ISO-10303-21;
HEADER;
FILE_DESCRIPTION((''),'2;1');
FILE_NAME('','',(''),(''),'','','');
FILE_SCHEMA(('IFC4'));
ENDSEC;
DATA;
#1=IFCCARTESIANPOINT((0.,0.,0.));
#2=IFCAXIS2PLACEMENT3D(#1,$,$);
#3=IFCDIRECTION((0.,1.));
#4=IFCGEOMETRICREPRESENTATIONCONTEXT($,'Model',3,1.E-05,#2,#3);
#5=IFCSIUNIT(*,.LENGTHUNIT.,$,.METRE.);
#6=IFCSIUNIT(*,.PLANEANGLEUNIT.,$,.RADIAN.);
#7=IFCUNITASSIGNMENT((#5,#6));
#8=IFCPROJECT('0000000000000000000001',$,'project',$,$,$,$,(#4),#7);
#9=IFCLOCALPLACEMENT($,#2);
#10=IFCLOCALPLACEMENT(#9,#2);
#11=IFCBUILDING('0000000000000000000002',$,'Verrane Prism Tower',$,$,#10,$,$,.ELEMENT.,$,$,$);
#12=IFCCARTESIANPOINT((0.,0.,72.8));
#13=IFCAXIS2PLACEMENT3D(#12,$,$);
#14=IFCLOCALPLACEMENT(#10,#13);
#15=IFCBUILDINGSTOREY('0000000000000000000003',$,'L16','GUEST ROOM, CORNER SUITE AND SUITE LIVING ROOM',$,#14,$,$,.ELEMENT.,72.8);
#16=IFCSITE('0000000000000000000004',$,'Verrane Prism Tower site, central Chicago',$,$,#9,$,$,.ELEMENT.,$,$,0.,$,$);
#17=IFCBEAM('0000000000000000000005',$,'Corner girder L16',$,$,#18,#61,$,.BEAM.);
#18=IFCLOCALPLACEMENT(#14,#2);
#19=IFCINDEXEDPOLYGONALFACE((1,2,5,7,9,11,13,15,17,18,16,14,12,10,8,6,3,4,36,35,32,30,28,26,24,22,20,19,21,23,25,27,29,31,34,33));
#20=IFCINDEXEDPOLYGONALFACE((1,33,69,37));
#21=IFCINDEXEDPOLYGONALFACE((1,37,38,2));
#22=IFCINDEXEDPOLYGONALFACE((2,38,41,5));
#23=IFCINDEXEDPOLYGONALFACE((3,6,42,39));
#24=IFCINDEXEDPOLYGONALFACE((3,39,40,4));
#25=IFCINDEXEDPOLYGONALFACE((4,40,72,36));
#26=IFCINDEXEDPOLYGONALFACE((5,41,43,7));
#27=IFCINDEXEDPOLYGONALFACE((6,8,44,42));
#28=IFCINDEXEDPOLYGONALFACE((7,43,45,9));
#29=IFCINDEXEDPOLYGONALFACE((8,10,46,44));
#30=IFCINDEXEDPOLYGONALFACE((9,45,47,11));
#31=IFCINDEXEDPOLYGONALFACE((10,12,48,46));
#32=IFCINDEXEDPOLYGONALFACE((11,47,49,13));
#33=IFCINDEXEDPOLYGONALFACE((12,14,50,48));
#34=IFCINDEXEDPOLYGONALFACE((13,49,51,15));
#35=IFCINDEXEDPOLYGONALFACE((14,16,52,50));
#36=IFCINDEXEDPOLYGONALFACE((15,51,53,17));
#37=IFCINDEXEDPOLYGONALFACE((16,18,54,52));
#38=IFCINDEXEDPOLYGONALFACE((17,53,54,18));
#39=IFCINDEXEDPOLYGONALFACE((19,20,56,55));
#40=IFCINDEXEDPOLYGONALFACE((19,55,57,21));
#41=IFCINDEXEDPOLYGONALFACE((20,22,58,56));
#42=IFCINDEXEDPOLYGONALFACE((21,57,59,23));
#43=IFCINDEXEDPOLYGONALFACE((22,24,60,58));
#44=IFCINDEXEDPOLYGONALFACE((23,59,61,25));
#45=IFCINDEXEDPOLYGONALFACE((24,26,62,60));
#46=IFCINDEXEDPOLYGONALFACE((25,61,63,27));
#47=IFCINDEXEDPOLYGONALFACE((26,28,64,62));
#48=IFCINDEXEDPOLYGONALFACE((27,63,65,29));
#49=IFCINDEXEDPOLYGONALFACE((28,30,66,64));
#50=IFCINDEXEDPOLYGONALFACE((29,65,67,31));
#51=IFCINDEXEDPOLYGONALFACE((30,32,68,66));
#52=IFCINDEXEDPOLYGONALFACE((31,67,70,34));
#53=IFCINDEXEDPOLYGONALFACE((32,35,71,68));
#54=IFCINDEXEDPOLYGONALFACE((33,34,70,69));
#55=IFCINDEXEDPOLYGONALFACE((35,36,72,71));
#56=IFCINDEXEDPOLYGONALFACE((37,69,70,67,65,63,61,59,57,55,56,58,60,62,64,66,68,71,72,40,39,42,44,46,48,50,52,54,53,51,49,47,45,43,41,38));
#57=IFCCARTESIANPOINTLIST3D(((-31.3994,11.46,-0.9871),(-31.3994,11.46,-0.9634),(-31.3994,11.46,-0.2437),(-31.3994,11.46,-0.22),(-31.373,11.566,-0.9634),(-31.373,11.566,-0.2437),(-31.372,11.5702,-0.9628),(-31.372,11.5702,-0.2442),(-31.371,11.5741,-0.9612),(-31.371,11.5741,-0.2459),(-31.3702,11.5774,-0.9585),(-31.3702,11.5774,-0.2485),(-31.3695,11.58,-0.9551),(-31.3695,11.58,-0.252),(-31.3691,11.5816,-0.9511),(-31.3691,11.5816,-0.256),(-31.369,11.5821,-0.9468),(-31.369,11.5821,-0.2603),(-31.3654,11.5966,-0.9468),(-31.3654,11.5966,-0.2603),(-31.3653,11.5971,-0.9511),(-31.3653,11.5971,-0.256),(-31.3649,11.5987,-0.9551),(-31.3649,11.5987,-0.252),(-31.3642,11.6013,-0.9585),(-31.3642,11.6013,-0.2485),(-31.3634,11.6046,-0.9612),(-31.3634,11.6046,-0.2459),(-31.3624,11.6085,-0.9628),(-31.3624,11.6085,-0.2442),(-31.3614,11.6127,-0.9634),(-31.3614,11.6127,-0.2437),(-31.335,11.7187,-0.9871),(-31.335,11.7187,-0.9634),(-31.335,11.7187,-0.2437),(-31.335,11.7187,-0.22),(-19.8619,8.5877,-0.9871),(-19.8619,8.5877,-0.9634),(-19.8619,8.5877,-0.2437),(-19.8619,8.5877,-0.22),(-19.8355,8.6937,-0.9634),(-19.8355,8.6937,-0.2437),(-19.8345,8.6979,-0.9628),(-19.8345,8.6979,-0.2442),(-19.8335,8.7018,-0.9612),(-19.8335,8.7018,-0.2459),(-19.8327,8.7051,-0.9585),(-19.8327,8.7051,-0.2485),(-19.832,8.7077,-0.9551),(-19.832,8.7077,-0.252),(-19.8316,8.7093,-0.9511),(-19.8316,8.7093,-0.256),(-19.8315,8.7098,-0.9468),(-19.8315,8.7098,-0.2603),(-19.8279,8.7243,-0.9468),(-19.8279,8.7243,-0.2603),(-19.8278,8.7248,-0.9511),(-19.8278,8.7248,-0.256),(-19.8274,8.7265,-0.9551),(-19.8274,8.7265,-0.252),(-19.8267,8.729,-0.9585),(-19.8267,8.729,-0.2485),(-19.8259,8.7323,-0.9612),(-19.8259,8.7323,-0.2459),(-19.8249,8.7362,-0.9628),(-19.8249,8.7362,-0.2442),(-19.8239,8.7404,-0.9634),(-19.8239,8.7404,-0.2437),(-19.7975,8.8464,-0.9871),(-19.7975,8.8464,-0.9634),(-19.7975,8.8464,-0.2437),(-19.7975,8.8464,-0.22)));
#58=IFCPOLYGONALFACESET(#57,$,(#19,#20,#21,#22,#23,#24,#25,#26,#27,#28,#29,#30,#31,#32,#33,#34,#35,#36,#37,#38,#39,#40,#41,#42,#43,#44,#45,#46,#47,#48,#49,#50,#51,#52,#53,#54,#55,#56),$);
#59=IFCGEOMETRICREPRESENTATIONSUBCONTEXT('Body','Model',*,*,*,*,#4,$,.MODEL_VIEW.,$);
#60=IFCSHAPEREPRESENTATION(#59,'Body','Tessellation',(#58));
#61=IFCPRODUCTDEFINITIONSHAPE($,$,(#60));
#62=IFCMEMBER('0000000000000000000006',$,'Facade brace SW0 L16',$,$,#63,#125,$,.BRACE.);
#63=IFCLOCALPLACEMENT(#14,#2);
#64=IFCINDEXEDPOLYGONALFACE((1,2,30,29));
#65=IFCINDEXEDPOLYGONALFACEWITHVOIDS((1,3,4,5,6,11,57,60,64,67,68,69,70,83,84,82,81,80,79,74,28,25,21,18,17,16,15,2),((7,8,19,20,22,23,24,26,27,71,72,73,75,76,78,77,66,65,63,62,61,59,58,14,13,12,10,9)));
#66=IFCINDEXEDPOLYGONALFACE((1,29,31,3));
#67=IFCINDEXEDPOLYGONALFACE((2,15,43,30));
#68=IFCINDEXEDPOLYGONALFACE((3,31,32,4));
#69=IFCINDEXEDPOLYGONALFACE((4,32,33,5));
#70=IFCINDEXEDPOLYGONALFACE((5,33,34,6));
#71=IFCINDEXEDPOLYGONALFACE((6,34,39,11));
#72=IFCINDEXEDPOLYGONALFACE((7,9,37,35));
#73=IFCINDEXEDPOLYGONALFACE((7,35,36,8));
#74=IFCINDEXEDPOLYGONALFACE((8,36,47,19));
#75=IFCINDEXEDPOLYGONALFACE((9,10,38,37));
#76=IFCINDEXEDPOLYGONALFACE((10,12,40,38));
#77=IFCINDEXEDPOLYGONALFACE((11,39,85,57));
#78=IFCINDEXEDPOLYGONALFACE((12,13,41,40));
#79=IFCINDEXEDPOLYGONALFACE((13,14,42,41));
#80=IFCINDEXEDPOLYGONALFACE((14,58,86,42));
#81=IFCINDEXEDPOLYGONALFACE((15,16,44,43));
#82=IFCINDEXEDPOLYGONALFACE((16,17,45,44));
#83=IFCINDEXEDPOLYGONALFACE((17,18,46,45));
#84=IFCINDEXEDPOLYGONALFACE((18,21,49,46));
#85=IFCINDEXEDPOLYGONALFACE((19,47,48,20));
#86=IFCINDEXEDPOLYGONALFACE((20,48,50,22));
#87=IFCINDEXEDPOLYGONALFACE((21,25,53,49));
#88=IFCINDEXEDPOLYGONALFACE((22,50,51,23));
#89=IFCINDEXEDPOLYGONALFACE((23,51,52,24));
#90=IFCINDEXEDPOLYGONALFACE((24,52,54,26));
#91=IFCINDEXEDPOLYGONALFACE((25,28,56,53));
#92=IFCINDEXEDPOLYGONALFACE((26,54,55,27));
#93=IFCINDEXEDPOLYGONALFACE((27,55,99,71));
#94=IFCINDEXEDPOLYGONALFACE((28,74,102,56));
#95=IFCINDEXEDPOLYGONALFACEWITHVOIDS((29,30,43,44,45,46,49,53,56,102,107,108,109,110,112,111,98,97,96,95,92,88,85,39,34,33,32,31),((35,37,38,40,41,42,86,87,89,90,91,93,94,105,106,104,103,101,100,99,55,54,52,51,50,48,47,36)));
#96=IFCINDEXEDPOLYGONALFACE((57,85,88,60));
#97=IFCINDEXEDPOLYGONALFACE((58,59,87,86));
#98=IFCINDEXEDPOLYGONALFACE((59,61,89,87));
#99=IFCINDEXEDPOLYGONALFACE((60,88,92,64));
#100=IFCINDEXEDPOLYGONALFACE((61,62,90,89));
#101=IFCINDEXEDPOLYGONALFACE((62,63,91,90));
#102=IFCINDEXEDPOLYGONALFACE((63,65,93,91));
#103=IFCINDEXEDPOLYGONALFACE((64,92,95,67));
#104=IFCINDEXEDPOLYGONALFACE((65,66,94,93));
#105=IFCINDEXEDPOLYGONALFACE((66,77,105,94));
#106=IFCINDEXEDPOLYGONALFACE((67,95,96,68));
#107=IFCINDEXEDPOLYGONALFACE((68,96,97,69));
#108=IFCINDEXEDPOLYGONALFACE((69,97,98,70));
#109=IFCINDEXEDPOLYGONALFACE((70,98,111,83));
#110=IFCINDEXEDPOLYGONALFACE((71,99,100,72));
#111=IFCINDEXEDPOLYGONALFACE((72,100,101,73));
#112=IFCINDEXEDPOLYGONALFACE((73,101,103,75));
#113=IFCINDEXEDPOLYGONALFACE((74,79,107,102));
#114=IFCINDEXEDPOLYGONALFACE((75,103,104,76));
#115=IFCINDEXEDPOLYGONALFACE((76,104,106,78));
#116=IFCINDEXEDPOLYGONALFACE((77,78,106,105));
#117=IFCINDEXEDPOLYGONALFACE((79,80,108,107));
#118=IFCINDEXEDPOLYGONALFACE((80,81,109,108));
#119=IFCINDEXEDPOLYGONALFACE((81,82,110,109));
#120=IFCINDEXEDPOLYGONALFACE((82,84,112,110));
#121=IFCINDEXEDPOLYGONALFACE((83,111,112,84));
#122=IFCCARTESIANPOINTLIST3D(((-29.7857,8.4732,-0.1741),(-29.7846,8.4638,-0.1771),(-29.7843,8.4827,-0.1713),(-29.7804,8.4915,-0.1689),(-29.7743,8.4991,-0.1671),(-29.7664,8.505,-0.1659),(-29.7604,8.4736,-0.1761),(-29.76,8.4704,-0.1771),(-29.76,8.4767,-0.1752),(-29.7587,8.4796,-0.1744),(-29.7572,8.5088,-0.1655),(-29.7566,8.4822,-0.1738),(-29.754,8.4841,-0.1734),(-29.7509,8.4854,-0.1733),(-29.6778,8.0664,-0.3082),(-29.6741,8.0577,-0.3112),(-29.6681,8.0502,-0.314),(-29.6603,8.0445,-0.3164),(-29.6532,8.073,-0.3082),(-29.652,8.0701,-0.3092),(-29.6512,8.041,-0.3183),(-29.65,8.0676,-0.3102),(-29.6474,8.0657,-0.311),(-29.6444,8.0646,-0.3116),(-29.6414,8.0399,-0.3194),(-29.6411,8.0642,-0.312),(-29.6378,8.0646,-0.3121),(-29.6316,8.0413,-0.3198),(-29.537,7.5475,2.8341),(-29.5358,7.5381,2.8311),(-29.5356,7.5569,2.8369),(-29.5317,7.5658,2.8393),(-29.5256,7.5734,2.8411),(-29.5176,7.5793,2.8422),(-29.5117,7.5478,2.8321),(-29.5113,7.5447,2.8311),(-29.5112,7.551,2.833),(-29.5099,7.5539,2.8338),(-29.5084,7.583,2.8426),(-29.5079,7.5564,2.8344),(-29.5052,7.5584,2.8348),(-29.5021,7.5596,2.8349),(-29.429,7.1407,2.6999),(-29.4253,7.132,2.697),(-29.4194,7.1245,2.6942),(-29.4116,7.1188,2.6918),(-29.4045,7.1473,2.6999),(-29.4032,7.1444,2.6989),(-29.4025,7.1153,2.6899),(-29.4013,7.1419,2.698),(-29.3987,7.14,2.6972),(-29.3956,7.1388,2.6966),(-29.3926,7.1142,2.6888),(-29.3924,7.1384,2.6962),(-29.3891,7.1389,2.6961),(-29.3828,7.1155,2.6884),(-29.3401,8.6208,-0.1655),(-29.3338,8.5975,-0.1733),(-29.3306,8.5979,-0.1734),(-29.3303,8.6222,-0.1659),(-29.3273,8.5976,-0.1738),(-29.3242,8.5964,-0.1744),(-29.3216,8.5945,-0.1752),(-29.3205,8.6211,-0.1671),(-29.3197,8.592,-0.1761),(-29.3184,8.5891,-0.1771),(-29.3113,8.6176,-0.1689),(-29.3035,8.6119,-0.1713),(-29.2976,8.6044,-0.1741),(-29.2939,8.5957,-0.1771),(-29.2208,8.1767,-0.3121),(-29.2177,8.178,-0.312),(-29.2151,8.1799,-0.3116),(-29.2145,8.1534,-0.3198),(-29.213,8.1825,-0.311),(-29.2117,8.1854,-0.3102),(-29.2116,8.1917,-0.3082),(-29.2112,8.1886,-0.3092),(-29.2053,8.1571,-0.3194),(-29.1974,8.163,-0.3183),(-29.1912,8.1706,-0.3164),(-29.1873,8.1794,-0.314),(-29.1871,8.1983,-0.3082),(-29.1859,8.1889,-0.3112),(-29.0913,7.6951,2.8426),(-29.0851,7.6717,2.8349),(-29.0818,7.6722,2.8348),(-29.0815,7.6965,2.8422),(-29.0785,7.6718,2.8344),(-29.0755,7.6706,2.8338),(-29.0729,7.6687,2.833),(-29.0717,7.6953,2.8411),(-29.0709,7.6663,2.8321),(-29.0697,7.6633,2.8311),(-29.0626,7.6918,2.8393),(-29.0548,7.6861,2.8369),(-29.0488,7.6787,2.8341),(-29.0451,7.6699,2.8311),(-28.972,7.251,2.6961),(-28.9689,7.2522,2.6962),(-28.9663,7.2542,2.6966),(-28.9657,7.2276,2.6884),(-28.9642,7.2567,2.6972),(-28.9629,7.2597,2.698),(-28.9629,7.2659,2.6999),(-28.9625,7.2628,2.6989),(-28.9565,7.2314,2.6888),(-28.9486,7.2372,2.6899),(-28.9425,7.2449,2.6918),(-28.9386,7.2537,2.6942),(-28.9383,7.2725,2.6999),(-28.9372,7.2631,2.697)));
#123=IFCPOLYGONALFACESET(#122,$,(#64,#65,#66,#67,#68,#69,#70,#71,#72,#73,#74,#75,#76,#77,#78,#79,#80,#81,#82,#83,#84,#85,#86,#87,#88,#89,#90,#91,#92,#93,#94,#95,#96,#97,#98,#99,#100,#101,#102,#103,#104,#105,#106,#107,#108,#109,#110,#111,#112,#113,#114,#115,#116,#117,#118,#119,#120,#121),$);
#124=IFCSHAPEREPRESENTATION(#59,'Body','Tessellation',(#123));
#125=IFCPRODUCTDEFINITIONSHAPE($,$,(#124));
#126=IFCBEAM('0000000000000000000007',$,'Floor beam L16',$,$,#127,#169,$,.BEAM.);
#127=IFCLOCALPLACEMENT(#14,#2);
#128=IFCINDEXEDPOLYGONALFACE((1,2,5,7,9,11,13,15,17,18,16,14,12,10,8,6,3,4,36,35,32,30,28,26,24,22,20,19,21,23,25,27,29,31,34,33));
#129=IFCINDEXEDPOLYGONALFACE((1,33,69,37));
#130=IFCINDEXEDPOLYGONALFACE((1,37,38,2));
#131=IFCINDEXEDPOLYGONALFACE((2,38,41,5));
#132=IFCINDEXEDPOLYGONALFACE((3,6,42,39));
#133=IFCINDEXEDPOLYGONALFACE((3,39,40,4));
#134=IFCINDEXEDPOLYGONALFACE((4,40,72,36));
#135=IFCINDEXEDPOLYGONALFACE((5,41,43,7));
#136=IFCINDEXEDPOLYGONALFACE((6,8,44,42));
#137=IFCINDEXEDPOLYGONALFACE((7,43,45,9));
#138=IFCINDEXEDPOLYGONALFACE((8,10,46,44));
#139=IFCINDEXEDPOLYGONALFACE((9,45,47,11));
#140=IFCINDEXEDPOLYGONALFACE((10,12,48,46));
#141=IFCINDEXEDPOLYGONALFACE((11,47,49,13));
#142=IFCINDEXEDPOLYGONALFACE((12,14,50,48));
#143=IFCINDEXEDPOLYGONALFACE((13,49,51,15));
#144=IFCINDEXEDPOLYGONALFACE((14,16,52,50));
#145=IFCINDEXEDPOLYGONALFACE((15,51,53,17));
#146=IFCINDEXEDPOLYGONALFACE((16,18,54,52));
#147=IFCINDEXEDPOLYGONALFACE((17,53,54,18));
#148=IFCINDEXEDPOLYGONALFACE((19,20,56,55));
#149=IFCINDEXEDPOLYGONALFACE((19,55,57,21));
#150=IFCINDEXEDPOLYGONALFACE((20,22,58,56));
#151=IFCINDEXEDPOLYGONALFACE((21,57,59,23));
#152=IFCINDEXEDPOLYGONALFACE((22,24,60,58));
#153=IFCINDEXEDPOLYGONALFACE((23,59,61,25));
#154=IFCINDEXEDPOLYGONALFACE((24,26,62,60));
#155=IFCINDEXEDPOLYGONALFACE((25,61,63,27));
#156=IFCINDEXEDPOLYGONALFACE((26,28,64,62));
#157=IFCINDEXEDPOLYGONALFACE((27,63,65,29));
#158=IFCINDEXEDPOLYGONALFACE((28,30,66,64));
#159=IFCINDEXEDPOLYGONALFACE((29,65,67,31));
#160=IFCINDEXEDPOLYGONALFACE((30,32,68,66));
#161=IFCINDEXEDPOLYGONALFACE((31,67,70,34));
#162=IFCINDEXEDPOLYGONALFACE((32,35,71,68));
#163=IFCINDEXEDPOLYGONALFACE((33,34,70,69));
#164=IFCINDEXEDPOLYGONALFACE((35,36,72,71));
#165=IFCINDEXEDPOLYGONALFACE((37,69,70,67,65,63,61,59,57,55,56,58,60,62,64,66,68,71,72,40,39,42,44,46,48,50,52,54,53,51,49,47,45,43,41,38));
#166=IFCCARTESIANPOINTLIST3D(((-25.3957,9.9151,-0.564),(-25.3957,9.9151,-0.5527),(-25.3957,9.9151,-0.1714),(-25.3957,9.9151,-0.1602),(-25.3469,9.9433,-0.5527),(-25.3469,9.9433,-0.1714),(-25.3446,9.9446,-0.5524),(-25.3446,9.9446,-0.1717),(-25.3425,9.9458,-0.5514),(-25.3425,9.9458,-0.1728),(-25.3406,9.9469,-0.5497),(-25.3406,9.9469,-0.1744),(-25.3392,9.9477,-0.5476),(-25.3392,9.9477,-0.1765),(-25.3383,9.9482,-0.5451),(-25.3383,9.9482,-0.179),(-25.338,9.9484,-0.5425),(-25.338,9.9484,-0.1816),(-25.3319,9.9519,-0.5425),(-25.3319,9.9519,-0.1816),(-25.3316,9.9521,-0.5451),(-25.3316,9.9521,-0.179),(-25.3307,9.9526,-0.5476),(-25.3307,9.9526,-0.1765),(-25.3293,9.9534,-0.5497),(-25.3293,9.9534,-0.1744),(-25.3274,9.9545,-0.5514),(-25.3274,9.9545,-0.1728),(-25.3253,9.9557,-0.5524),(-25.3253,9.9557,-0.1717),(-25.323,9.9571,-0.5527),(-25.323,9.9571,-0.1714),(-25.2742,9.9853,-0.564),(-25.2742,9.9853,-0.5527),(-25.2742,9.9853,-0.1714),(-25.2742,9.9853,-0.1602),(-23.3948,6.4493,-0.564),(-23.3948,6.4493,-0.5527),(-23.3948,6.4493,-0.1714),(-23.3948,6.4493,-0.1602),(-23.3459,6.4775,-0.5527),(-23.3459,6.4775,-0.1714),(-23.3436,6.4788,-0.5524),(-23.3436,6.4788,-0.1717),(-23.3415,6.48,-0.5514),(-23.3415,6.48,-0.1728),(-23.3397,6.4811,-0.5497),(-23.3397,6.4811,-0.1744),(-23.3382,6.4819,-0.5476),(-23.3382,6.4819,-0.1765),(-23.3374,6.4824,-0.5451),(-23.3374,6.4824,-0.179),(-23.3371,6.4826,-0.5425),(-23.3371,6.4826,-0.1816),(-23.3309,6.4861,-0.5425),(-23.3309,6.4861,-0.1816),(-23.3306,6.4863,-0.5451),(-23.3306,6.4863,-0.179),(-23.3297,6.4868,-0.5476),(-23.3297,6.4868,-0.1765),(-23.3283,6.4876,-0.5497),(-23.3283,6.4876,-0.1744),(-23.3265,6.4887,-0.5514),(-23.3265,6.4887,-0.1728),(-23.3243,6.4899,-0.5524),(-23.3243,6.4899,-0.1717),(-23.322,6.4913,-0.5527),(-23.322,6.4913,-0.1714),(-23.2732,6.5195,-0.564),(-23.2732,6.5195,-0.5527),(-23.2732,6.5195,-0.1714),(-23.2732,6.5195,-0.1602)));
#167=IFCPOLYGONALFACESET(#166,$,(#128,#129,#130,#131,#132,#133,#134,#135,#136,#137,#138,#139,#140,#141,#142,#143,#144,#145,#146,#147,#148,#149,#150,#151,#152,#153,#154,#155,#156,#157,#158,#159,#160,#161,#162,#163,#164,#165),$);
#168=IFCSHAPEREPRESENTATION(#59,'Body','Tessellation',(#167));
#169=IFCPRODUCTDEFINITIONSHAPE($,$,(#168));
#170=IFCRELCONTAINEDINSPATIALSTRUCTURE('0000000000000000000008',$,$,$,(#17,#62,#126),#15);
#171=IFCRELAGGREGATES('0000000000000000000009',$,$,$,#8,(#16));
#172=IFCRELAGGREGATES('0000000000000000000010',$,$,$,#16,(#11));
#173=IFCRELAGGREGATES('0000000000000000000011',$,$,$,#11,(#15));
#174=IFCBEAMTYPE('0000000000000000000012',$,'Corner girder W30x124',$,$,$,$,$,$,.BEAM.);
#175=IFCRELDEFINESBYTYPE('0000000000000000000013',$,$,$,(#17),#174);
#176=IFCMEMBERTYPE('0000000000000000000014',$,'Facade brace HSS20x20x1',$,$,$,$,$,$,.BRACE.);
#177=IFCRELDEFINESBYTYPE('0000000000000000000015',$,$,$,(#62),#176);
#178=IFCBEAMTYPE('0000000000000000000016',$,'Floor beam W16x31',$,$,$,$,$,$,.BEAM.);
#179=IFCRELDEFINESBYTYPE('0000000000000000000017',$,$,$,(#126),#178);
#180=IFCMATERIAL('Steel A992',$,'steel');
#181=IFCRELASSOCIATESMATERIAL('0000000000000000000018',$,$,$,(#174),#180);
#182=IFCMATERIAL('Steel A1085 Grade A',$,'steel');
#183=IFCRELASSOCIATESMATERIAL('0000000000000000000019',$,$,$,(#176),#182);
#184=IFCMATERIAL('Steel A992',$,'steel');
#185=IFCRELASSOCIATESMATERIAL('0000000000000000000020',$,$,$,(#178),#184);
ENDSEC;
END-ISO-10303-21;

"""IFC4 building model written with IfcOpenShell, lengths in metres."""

from ifc_helpers import new_model, si_unit, direction, frame, origin, origin_2d, place, context, subcontext, project, spatial, hollow_rectangle, i_section, extrude, material, material_profile, profile_set, type_object, element, save


model = new_model("IFC4")

# Units and contexts
model_context = context("Model", 3, precision=1e-05, world=origin(), true_north=direction((0.0, 1.0)))
body_context = subcontext(model_context, "Body", "Model", "MODEL_VIEW")
ifc_project = project(units=[si_unit("LENGTHUNIT", "METRE"), si_unit("PLANEANGLEUNIT", "RADIAN")], contexts=[model_context])

# Site, building, storey
site_placement = place(None, origin())
site = spatial("IfcSite", under=ifc_project, at=site_placement, Name="Verrane Prism Tower site, central Chicago", CompositionType="ELEMENT", RefElevation=0.0)
building_placement = place(site_placement, origin())
building = spatial("IfcBuilding", under=site, at=building_placement, Name="Verrane Prism Tower", CompositionType="ELEMENT")
storey_placement = place(building_placement, frame((0.0, 0.0, 72.8)))
storey = spatial("IfcBuildingStorey", under=building, at=storey_placement, Name="L16", Description="GUEST ROOM, CORNER SUITE AND SUITE LIVING ROOM", CompositionType="ELEMENT", Elevation=72.8)

# Beam
ifc_material_1 = material(Name="Steel A992", Category="steel")
ifc_material_profile_1 = material_profile(ifc_material_1, i_section(OverallWidth=0.2666, OverallDepth=0.7671, WebThickness=0.0149, FlangeThickness=0.0237, FilletRadius=0.0166, at=origin_2d()), Name="W30x124")
ifc_profile_set_1 = profile_set([ifc_material_profile_1], Name="Steel A992")
beam_type_1 = type_object("IfcBeamType", Name="Corner girder W30x124", PredefinedType="BEAM", material=ifc_profile_set_1)
beam_1_placement = place(storey_placement, frame((-31.3672, 11.5894, -0.6035), z_axis=(0.970381, -0.241579, 0.0), x_axis=(0.241579, 0.970381, 0.0)))
element("IfcBeam", 1, at=beam_1_placement, inside=storey, type_object=beam_type_1, Name="Corner girder L16", PredefinedType="BEAM", context=body_context, shape_type="SweptSolid", body=[
    extrude(i_section(OverallWidth=0.2666, OverallDepth=0.7671, WebThickness=0.0149, FlangeThickness=0.0237, FilletRadius=0.0166, at=origin_2d()), origin(), (0.0, 0.0, 1.0), 11.8896),
])

# Member
ifc_material_2 = material(Name="Steel A1085 Grade A", Category="steel")
ifc_material_profile_2 = material_profile(ifc_material_2, hollow_rectangle(XDim=0.5081, YDim=0.5081, WallThickness=0.0254, InnerFilletRadius=0.0127, OuterFilletRadius=0.0381, at=origin_2d()), Name="HSS20x20x1")
ifc_profile_set_2 = profile_set([ifc_material_profile_2], Name="Steel A1085 Grade A")
member_type_1 = type_object("IfcMemberType", Name="Facade brace HSS20x20x1", PredefinedType="BRACE", material=ifc_profile_set_2)
member_1_placement = place(storey_placement, frame((-29.4858, 8.3311, -0.2427), z_axis=(0.078794, -0.293215, 0.952794), x_axis=(0.965739, 0.259517, 0.0)))
element("IfcMember", 2, at=member_1_placement, inside=storey, type_object=member_type_1, Name="Facade brace SW0 L16", PredefinedType="BRACE", context=body_context, shape_type="SweptSolid", body=[
    extrude(hollow_rectangle(XDim=0.5081, YDim=0.5081, WallThickness=0.0254, InnerFilletRadius=0.0127, OuterFilletRadius=0.0381, at=origin_2d()), origin(), (0.0, 0.0, 1.0), 3.1572),
])

# Beam
ifc_material_3 = material(Name="Steel A992", Category="steel")
ifc_material_profile_3 = material_profile(ifc_material_3, i_section(OverallWidth=0.1404, OverallDepth=0.4038, WebThickness=0.0071, FlangeThickness=0.0112, FilletRadius=0.0103, at=origin_2d()), Name="W16x31")
ifc_profile_set_3 = profile_set([ifc_material_profile_3], Name="Steel A992")
beam_type_2 = type_object("IfcBeamType", Name="Floor beam W16x31", PredefinedType="BEAM", material=ifc_profile_set_3)
beam_2_placement = place(storey_placement, frame((-23.334, 6.4844, -0.3621), z_axis=(-0.499997, 0.866027, 0.0), x_axis=(-0.866027, -0.499997, 0.0)))
element("IfcBeam", 3, at=beam_2_placement, inside=storey, type_object=beam_type_2, Name="Floor beam L16", PredefinedType="BEAM", context=body_context, shape_type="SweptSolid", body=[
    extrude(i_section(OverallWidth=0.1404, OverallDepth=0.4038, WebThickness=0.0071, FlangeThickness=0.0112, FilletRadius=0.0103, at=origin_2d()), origin(), (0.0, 0.0, 1.0), 4.002),
])

save(model, "model.ifc")
